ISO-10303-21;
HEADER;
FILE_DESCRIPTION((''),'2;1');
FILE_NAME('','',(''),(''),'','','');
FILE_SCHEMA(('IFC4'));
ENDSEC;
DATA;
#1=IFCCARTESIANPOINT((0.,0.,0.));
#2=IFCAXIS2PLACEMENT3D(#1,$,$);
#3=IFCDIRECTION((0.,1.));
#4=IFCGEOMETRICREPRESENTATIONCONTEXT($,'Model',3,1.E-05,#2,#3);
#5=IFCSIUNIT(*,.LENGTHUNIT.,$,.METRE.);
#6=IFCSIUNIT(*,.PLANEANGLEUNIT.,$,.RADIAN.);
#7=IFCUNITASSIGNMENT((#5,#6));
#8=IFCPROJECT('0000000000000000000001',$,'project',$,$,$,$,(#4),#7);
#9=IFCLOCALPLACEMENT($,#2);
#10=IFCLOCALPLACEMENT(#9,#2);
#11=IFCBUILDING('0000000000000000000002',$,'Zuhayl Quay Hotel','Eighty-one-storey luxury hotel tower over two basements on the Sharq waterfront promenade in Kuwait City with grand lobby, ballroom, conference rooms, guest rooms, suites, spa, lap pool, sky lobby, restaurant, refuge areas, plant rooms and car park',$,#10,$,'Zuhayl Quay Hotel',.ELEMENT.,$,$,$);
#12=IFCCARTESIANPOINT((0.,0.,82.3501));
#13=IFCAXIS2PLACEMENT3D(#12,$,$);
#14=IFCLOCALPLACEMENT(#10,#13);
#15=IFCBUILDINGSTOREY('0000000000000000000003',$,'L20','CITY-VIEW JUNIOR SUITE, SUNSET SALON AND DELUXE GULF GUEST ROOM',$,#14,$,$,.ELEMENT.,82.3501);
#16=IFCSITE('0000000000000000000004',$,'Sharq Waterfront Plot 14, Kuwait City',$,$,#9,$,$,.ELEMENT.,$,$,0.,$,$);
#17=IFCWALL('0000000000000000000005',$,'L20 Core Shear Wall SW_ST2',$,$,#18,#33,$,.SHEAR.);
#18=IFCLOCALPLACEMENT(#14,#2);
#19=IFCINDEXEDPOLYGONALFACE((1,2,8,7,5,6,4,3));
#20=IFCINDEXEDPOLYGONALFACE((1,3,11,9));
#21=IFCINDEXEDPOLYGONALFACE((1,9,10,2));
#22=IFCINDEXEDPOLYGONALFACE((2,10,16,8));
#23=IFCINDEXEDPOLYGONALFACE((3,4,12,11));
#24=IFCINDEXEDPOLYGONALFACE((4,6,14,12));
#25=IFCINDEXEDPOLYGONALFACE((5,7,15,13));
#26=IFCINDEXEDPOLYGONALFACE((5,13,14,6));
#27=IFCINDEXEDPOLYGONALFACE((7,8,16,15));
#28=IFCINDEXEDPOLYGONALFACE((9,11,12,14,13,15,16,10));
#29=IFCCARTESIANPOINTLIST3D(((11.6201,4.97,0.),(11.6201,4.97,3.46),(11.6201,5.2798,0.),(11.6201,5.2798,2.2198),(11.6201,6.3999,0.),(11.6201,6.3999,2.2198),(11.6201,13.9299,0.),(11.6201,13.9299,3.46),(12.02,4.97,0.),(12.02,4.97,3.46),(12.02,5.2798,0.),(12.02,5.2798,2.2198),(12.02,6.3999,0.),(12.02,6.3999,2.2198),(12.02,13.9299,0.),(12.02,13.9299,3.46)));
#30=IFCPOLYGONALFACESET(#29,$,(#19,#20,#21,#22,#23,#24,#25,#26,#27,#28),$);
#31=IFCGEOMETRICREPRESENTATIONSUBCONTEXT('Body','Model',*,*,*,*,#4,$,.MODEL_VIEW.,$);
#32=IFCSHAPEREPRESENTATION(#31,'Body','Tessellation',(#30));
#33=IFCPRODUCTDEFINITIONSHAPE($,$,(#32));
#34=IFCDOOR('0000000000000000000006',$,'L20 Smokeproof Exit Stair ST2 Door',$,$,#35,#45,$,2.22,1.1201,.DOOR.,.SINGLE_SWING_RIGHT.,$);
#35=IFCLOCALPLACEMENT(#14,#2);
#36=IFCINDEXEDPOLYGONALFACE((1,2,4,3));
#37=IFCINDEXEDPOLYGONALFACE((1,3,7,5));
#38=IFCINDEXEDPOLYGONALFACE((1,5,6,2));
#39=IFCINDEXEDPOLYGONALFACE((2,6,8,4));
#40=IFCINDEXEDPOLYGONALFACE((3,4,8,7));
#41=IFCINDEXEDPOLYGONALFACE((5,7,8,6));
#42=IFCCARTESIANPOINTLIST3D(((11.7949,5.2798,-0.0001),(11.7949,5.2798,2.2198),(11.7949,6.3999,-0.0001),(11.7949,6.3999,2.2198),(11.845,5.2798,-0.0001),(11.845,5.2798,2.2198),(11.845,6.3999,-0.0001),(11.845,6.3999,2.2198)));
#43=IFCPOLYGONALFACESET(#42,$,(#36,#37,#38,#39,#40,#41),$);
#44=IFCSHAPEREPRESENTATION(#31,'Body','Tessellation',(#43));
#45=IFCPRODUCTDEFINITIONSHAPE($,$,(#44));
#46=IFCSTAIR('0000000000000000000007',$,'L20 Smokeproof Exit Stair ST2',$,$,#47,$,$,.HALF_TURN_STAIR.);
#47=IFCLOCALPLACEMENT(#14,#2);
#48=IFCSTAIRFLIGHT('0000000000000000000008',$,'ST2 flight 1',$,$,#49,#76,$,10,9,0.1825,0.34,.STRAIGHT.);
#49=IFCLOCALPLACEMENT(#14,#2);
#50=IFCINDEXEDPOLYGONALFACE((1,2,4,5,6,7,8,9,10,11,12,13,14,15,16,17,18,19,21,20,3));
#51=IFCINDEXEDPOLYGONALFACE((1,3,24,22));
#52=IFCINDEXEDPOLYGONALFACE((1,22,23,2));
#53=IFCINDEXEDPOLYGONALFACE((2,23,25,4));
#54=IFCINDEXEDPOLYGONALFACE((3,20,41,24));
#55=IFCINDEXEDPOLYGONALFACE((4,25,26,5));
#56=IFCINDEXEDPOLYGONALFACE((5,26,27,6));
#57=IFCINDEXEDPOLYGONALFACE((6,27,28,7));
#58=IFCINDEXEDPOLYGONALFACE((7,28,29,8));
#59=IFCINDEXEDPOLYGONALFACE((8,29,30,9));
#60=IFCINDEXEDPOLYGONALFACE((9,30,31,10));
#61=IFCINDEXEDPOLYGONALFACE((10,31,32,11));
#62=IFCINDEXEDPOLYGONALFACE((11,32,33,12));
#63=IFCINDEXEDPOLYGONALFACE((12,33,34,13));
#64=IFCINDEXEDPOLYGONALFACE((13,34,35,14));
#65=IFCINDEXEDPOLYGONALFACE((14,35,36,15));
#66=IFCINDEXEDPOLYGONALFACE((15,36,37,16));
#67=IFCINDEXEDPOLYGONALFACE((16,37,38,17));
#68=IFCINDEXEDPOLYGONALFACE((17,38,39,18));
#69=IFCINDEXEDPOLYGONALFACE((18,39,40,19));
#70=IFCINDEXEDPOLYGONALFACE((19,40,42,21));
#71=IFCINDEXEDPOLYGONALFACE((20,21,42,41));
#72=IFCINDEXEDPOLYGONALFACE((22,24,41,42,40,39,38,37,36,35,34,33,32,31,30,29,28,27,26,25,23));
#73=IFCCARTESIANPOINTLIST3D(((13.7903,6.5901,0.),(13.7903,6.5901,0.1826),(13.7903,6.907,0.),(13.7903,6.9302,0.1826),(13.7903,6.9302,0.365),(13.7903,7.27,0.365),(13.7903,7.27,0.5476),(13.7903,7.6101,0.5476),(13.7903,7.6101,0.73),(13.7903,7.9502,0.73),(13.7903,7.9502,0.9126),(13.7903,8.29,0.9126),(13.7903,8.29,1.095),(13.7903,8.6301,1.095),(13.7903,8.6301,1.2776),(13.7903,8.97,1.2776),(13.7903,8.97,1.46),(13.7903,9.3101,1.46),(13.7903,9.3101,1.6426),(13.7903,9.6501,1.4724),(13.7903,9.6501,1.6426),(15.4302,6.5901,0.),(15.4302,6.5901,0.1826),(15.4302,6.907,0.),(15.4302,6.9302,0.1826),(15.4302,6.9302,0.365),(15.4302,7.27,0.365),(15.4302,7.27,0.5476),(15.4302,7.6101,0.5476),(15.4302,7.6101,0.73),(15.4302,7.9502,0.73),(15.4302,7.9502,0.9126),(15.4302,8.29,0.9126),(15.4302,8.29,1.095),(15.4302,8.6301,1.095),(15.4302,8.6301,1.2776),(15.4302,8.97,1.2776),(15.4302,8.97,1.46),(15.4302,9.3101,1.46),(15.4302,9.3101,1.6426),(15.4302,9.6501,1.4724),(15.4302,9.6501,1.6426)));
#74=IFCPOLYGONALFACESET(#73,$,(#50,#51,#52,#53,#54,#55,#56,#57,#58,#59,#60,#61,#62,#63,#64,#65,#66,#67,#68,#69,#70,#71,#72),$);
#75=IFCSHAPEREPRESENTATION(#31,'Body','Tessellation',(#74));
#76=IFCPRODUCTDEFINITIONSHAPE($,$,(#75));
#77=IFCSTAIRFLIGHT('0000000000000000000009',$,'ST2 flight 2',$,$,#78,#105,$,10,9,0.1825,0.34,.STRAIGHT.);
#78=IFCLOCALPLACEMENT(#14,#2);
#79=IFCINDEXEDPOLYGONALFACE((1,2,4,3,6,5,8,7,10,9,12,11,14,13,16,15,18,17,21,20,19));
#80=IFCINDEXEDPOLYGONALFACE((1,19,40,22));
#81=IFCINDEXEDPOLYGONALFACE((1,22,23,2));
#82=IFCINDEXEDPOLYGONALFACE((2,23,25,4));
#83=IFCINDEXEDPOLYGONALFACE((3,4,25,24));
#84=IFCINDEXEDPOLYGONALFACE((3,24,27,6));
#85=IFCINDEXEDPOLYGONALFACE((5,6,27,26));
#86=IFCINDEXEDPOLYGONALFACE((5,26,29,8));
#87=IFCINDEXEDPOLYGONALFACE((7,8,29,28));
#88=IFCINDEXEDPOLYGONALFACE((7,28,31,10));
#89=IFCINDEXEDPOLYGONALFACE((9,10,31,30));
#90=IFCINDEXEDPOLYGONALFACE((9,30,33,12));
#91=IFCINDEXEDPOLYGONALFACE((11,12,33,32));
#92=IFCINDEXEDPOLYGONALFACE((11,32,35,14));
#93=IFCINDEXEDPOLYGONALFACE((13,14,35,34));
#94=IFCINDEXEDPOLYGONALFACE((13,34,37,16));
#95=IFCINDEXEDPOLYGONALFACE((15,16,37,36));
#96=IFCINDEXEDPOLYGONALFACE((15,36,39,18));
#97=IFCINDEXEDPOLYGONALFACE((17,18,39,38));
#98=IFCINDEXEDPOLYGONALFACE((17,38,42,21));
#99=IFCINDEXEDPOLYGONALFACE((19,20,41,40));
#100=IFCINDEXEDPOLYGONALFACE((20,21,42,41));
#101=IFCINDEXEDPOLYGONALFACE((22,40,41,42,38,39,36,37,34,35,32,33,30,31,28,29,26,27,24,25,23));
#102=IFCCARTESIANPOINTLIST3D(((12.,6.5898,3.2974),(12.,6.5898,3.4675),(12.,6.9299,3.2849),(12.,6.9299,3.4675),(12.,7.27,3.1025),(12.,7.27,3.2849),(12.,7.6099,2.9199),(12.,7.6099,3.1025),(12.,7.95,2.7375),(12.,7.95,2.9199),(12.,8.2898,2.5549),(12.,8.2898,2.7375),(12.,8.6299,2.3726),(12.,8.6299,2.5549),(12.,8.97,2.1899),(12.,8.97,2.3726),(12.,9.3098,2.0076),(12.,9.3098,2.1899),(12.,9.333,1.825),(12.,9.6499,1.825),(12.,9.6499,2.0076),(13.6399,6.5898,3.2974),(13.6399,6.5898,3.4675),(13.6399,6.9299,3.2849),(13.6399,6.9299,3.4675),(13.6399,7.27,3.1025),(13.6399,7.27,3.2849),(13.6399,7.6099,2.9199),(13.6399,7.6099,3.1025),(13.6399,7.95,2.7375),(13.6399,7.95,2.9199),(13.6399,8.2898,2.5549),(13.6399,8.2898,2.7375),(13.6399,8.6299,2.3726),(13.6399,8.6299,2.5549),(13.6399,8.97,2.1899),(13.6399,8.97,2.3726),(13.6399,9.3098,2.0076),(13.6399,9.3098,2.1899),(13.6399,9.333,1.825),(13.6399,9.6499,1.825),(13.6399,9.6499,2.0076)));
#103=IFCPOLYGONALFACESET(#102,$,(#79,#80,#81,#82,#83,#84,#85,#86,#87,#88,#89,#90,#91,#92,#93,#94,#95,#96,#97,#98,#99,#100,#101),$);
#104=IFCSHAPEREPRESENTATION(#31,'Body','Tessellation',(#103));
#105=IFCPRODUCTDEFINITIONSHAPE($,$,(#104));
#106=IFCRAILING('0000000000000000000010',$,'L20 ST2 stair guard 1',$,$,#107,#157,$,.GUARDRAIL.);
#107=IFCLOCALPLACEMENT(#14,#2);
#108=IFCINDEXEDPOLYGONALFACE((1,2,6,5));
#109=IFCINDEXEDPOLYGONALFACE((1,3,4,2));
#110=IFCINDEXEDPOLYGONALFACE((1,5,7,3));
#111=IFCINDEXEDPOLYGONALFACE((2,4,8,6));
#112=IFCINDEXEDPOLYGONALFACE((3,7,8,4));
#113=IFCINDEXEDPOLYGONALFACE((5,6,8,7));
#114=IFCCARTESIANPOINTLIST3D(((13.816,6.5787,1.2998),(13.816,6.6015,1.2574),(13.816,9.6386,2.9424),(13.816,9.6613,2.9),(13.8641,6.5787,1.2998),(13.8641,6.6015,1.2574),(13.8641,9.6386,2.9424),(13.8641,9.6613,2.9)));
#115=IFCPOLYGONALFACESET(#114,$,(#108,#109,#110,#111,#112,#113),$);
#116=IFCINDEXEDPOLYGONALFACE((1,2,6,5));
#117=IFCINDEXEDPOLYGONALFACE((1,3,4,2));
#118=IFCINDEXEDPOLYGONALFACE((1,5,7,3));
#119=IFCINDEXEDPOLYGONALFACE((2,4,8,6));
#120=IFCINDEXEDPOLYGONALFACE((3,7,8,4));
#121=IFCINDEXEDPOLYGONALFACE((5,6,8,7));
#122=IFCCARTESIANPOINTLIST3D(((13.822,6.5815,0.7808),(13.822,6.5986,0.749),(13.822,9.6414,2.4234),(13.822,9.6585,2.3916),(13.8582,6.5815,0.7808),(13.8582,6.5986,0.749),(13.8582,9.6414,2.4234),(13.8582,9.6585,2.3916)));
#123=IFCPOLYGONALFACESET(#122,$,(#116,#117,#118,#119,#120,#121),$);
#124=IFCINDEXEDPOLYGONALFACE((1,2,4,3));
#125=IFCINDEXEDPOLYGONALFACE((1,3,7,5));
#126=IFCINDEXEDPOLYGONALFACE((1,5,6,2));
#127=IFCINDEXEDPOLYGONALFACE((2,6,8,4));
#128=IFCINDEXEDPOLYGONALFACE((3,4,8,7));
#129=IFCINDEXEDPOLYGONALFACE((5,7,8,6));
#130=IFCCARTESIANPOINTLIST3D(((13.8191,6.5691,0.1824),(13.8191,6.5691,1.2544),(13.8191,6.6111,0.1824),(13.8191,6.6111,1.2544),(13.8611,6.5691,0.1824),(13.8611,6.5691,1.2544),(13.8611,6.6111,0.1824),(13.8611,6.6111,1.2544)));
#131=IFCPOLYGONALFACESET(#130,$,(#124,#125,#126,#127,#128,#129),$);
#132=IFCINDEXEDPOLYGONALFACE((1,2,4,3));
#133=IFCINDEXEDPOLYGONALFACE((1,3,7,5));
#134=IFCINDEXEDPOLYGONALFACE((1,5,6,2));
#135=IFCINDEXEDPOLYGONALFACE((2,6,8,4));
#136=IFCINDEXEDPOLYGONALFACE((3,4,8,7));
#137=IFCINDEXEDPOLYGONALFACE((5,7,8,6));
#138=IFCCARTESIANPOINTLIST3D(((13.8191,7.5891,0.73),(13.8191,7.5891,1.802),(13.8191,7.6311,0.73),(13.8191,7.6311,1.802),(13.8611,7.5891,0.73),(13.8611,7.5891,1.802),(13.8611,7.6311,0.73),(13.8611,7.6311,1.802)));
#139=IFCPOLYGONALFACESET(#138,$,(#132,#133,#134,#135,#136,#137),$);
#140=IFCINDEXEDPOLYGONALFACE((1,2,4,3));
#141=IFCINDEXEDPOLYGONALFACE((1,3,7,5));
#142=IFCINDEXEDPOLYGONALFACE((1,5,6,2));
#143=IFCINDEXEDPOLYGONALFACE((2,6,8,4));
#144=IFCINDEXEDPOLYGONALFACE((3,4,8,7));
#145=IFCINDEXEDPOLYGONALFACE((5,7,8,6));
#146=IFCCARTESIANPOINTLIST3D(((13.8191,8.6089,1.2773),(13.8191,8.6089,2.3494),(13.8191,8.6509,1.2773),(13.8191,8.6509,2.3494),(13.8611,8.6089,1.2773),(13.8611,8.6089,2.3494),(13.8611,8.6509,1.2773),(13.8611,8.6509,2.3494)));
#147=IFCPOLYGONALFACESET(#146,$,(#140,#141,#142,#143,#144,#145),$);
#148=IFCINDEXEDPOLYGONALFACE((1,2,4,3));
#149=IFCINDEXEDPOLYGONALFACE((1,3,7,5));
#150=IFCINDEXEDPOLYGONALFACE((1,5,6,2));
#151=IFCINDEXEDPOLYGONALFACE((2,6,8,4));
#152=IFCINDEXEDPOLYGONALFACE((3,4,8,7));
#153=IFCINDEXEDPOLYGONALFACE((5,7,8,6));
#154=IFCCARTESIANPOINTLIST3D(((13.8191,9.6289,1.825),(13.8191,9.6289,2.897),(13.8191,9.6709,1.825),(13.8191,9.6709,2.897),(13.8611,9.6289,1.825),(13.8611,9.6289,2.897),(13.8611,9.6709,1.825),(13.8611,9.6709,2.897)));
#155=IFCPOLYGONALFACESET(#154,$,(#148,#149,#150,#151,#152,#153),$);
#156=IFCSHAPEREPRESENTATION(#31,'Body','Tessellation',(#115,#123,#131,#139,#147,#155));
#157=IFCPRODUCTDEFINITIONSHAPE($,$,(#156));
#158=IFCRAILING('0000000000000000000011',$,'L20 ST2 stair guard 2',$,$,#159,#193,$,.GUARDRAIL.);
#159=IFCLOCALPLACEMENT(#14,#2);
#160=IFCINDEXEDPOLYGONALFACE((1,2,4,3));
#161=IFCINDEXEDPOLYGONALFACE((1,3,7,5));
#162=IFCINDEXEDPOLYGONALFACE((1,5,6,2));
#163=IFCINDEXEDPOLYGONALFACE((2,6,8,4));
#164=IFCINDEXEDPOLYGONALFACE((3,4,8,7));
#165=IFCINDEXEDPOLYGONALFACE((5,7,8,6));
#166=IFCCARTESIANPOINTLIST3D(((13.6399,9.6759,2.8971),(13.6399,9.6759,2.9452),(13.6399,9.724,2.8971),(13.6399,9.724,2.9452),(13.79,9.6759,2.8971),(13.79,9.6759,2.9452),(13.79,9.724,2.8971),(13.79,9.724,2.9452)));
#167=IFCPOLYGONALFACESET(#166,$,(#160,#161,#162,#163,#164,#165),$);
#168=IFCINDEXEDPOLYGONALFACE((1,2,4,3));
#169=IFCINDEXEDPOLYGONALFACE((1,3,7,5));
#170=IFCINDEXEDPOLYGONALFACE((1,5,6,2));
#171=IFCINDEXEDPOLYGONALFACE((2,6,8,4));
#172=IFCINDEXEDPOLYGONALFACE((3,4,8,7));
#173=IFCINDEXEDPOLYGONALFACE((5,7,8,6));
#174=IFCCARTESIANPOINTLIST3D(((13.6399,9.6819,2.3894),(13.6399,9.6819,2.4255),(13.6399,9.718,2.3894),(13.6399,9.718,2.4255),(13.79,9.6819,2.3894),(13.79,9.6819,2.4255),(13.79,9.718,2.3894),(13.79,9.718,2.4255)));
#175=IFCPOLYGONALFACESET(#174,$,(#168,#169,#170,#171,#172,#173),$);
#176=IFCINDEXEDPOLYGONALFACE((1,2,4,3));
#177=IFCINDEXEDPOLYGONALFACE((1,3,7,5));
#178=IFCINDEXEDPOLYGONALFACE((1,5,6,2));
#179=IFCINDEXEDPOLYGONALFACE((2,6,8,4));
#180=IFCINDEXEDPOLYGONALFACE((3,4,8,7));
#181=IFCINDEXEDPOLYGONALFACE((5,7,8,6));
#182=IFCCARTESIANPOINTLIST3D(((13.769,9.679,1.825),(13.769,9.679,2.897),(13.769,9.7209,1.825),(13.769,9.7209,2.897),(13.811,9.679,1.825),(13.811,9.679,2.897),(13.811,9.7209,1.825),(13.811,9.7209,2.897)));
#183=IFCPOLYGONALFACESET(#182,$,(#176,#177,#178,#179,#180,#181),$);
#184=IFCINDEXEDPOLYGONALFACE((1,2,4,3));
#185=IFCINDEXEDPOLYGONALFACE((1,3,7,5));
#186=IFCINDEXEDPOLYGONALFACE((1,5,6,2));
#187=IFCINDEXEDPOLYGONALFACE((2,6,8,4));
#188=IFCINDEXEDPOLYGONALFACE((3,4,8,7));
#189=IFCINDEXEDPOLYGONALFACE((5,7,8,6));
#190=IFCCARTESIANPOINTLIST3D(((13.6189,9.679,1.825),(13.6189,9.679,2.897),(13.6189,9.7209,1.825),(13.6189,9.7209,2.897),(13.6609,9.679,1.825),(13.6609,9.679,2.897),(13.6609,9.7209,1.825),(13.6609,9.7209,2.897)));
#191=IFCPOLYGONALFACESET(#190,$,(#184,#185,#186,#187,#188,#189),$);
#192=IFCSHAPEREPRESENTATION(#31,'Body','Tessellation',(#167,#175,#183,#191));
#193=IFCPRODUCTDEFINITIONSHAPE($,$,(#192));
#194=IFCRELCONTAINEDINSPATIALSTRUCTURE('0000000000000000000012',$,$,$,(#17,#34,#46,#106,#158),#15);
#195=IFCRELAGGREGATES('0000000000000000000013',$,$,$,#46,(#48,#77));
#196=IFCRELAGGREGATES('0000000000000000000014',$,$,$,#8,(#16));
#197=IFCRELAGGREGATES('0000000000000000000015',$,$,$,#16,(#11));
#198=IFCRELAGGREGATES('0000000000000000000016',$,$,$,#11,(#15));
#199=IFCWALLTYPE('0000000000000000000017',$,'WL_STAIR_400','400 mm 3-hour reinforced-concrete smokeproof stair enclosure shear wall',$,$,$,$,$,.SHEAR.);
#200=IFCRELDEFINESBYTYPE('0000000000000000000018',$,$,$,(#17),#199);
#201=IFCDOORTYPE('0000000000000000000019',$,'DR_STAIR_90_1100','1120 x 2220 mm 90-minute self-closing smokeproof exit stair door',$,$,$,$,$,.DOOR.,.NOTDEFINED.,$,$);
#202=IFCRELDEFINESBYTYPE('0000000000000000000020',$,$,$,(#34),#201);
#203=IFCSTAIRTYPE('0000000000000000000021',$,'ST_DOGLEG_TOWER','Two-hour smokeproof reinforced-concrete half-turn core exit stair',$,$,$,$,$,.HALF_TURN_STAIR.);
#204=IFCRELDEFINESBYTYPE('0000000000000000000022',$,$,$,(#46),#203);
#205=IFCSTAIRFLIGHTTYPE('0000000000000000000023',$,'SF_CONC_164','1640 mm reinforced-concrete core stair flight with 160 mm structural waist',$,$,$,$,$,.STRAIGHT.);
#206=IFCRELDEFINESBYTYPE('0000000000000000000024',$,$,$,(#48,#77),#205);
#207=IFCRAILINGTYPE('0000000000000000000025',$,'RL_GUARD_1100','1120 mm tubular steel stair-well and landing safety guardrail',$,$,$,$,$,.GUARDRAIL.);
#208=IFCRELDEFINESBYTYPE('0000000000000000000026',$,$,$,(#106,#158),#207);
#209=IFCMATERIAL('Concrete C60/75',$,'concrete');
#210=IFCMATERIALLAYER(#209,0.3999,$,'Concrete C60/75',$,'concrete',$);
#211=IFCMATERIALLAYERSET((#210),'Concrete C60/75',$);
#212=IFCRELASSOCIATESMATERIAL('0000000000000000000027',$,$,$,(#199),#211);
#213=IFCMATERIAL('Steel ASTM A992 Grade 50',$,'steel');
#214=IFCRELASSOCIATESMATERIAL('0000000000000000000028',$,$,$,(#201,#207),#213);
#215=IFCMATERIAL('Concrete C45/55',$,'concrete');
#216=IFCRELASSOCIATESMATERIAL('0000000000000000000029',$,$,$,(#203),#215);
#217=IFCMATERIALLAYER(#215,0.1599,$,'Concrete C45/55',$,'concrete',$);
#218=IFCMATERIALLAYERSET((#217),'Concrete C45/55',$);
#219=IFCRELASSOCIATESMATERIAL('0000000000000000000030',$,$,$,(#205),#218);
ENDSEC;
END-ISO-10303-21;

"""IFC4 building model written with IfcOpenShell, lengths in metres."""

from ifc_helpers import new_model, si_unit, direction, frame, frame_2d, origin, origin_2d, place, context, subcontext, project, spatial, polyline, rectangle, outline, extrude, material, layer, layer_set, type_object, element, fill, aggregate, save


model = new_model("IFC4")

# Units and contexts
model_context = context("Model", 3, precision=1e-05, world=origin(), true_north=direction((0.0, 1.0)))
body_context = subcontext(model_context, "Body", "Model", "MODEL_VIEW")
ifc_project = project(units=[si_unit("LENGTHUNIT", "METRE"), si_unit("PLANEANGLEUNIT", "RADIAN")], contexts=[model_context])

# Site, building, storey
site_placement = place(None, origin())
site = spatial("IfcSite", under=ifc_project, at=site_placement, Name="Sharq Waterfront Plot 14, Kuwait City", CompositionType="ELEMENT", RefElevation=0.0)
building_placement = place(site_placement, origin())
building = spatial("IfcBuilding", under=site, at=building_placement, Name="Zuhayl Quay Hotel", Description="Eighty-one-storey luxury hotel tower over two basements on the Sharq waterfront promenade in Kuwait City with grand lobby, ballroom, conference rooms, guest rooms, suites, spa, lap pool, sky lobby, restaurant, refuge areas, plant rooms and car park", LongName="Zuhayl Quay Hotel", CompositionType="ELEMENT")
storey_placement = place(building_placement, frame((0.0, 0.0, 82.3501)))
storey = spatial("IfcBuildingStorey", under=building, at=storey_placement, Name="L20", Description="CITY-VIEW JUNIOR SUITE, SUNSET SALON AND DELUXE GULF GUEST ROOM", CompositionType="ELEMENT", Elevation=82.3501)

# Shared definitions
ifc_material_1 = material(Name="Steel ASTM A992 Grade 50", Category="steel")

# Wall, opening, door
ifc_material_2 = material(Name="Concrete C60/75", Category="concrete")
ifc_layer_1 = layer(ifc_material_2, 0.3999, Name="Concrete C60/75", Category="concrete")
ifc_layer_set_1 = layer_set([ifc_layer_1], Name="Concrete C60/75")
wall_type_1 = type_object("IfcWallType", Name="WL_STAIR_400", Description="400 mm 3-hour reinforced-concrete smokeproof stair enclosure shear wall", PredefinedType="SHEAR", material=ifc_layer_set_1)
wall_1_placement = place(storey_placement, frame((11.8201, 13.9299, 0.0), z_axis=(0.0, 0.0, 1.0), x_axis=(0.0, -1.0, 0.0)))
wall_1 = element("IfcWall", 1, at=wall_1_placement, inside=storey, type_object=wall_type_1, Name="L20 Core Shear Wall SW_ST2", PredefinedType="SHEAR", context=body_context, shape_type="SweptSolid", body=[
    extrude(rectangle(XDim=8.96, YDim=0.3999, at=frame_2d((4.48, 0.0))), origin(), (0.0, 0.0, 1.0), 3.46),
])
opening_1_placement = place(wall_1_placement, frame((7.53, 0.0, 0.0)))
opening_1 = element("IfcOpeningElement", 2, at=opening_1_placement, cuts=wall_1, PredefinedType="OPENING", context=body_context, shape_type="SweptSolid", body=[
    extrude(rectangle(XDim=1.1201, YDim=2.22, at=frame_2d((0.5601, 1.1099))), frame((0.0, 0.21, 0.0), z_axis=(0.0, -1.0, 0.0), x_axis=(1.0, 0.0, 0.0)), (0.0, 0.0, 1.0), 0.4199),
])
door_type_1 = type_object("IfcDoorType", Name="DR_STAIR_90_1100", Description="1120 x 2220 mm 90-minute self-closing smokeproof exit stair door", OperationType="NOTDEFINED", PredefinedType="DOOR", material=ifc_material_1)
door_1_placement = place(opening_1_placement, origin())
door_1 = element("IfcDoor", 3, at=door_1_placement, inside=storey, type_object=door_type_1, Name="L20 Smokeproof Exit Stair ST2 Door", OperationType="SINGLE_SWING_RIGHT", OverallHeight=2.22, OverallWidth=1.1201, PredefinedType="DOOR", context=body_context, shape_type="SweptSolid", body=[
    extrude(rectangle(XDim=1.1201, YDim=2.22, at=frame_2d((0.5601, 1.1099))), frame((0.0, 0.0249, 0.0), z_axis=(0.0, -1.0, 0.0), x_axis=(1.0, 0.0, 0.0)), (0.0, 0.0, 1.0), 0.05),
])
fill(opening_1, door_1)

# Stair, stair flights
ifc_material_3 = material(Name="Concrete C45/55", Category="concrete")
stair_type = type_object("IfcStairType", Name="ST_DOGLEG_TOWER", Description="Two-hour smokeproof reinforced-concrete half-turn core exit stair", PredefinedType="HALF_TURN_STAIR", material=ifc_material_3)
stair_placement = place(storey_placement, origin())
stair = element("IfcStair", 4, at=stair_placement, inside=storey, type_object=stair_type, Name="L20 Smokeproof Exit Stair ST2", PredefinedType="HALF_TURN_STAIR")
ifc_layer_2 = layer(ifc_material_3, 0.1599, Name="Concrete C45/55", Category="concrete")
ifc_layer_set_2 = layer_set([ifc_layer_2], Name="Concrete C45/55")
stair_flight_type = type_object("IfcStairFlightType", Name="SF_CONC_164", Description="1640 mm reinforced-concrete core stair flight with 160 mm structural waist", PredefinedType="STRAIGHT", material=ifc_layer_set_2)
stair_flight_1_placement = place(storey_placement, frame((14.6101, 6.5901, 0.0), z_axis=(0.0, 0.0, 1.0), x_axis=(0.0, 1.0, 0.0)))
stair_flight_1 = element("IfcStairFlight", 5, at=stair_flight_1_placement, type_object=stair_flight_type, Name="ST2 flight 1", NumberOfRisers=10, NumberOfTreads=9, PredefinedType="STRAIGHT", RiserHeight=0.1825, TreadLength=0.34, context=body_context, shape_type="SweptSolid", body=[
    extrude(outline(polyline([(0.0, 0.0), (0.0, 0.1826), (0.3401, 0.1826), (0.3401, 0.365), (0.6799, 0.365), (0.6799, 0.5476), (1.02, 0.5476), (1.02, 0.73), (1.3601, 0.73), (1.3601, 0.9126), (1.7, 0.9126), (1.7, 1.095), (2.04, 1.095), (2.04, 1.2776), (2.3799, 1.2776), (2.3799, 1.46), (2.72, 1.46), (2.72, 1.6426), (3.0601, 1.6426), (3.0601, 1.825), (3.0601, 1.4724), (0.3169, 0.0), (0.0, 0.0)])), frame((0.0, 0.8198, 0.0), z_axis=(0.0, -1.0, 0.0), x_axis=(1.0, 0.0, 0.0)), (0.0, 0.0, 1.0), 1.6399),
])
stair_flight_2_placement = place(storey_placement, frame((12.8201, 9.6499, 1.825), z_axis=(0.0, 0.0, 1.0), x_axis=(0.0, -1.0, 0.0)))
stair_flight_2 = element("IfcStairFlight", 6, at=stair_flight_2_placement, type_object=stair_flight_type, Name="ST2 flight 2", NumberOfRisers=10, NumberOfTreads=9, PredefinedType="STRAIGHT", RiserHeight=0.1825, TreadLength=0.34, context=body_context, shape_type="SweptSolid", body=[
    extrude(outline(polyline([(0.0, 0.0), (0.0, 0.1826), (0.3401, 0.1826), (0.3401, 0.365), (0.6799, 0.365), (0.6799, 0.5476), (1.02, 0.5476), (1.02, 0.73), (1.3601, 0.73), (1.3601, 0.9126), (1.7, 0.9126), (1.7, 1.095), (2.04, 1.095), (2.04, 1.2776), (2.3799, 1.2776), (2.3799, 1.46), (2.72, 1.46), (2.72, 1.6426), (3.0601, 1.6426), (3.0601, 1.825), (3.0601, 1.4724), (0.3169, 0.0), (0.0, 0.0)])), frame((0.0, 0.8198, 0.0), z_axis=(0.0, -1.0, 0.0), x_axis=(1.0, 0.0, 0.0)), (0.0, 0.0, 1.0), 1.6399),
])
aggregate(stair, [stair_flight_1, stair_flight_2])

# Railings
railing_type_1 = type_object("IfcRailingType", Name="RL_GUARD_1100", Description="1120 mm tubular steel stair-well and landing safety guardrail", PredefinedType="GUARDRAIL", material=ifc_material_1)
railing_1_placement = place(storey_placement, frame((13.8401, 6.5901, 0.1824)))
element("IfcRailing", 7, at=railing_1_placement, inside=storey, type_object=railing_type_1, Name="L20 ST2 stair guard 1", PredefinedType="GUARDRAIL", context=body_context, shape_type="SweptSolid", body=[
    extrude(rectangle(XDim=0.0481, YDim=0.0481, at=origin_2d()), frame((0.0, 0.0, 1.0962), z_axis=(0.0, 0.881073, 0.47298), x_axis=(-1.0, 0.0, 0.0)), (0.0, 0.0, 1.0), 3.4729),
    extrude(rectangle(XDim=0.0361, YDim=0.0361, at=origin_2d()), frame((0.0, 0.0, 0.5825), z_axis=(0.0, 0.881073, 0.47298), x_axis=(-1.0, 0.0, 0.0)), (0.0, 0.0, 1.0), 3.4729),
    extrude(rectangle(XDim=0.042, YDim=0.042, at=origin_2d()), origin(), (0.0, 0.0, 1.0), 1.072),
    extrude(rectangle(XDim=0.042, YDim=0.042, at=origin_2d()), frame((0.0, 1.02, 0.5476)), (0.0, 0.0, 1.0), 1.072),
    extrude(rectangle(XDim=0.042, YDim=0.042, at=origin_2d()), frame((0.0, 2.0398, 1.095)), (0.0, 0.0, 1.0), 1.072),
    extrude(rectangle(XDim=0.042, YDim=0.042, at=origin_2d()), frame((0.0, 3.0598, 1.6426)), (0.0, 0.0, 1.0), 1.072),
])
railing_2_placement = place(storey_placement, frame((13.79, 9.7, 1.825)))
element("IfcRailing", 8, at=railing_2_placement, inside=storey, type_object=railing_type_1, Name="L20 ST2 stair guard 2", PredefinedType="GUARDRAIL", context=body_context, shape_type="SweptSolid", body=[
    extrude(rectangle(XDim=0.0481, YDim=0.0481, at=origin_2d()), frame((0.0, 0.0, 1.0962), z_axis=(-1.0, 0.0, 0.0), x_axis=(0.0, -1.0, 0.0)), (0.0, 0.0, 1.0), 0.1501),
    extrude(rectangle(XDim=0.0361, YDim=0.0361, at=origin_2d()), frame((0.0, 0.0, 0.5825), z_axis=(-1.0, 0.0, 0.0), x_axis=(0.0, -1.0, 0.0)), (0.0, 0.0, 1.0), 0.1501),
    extrude(rectangle(XDim=0.042, YDim=0.042, at=origin_2d()), origin(), (0.0, 0.0, 1.0), 1.072),
    extrude(rectangle(XDim=0.042, YDim=0.042, at=origin_2d()), frame((-0.1501, 0.0, 0.0)), (0.0, 0.0, 1.0), 1.072),
])

save(model, "model.ifc")
